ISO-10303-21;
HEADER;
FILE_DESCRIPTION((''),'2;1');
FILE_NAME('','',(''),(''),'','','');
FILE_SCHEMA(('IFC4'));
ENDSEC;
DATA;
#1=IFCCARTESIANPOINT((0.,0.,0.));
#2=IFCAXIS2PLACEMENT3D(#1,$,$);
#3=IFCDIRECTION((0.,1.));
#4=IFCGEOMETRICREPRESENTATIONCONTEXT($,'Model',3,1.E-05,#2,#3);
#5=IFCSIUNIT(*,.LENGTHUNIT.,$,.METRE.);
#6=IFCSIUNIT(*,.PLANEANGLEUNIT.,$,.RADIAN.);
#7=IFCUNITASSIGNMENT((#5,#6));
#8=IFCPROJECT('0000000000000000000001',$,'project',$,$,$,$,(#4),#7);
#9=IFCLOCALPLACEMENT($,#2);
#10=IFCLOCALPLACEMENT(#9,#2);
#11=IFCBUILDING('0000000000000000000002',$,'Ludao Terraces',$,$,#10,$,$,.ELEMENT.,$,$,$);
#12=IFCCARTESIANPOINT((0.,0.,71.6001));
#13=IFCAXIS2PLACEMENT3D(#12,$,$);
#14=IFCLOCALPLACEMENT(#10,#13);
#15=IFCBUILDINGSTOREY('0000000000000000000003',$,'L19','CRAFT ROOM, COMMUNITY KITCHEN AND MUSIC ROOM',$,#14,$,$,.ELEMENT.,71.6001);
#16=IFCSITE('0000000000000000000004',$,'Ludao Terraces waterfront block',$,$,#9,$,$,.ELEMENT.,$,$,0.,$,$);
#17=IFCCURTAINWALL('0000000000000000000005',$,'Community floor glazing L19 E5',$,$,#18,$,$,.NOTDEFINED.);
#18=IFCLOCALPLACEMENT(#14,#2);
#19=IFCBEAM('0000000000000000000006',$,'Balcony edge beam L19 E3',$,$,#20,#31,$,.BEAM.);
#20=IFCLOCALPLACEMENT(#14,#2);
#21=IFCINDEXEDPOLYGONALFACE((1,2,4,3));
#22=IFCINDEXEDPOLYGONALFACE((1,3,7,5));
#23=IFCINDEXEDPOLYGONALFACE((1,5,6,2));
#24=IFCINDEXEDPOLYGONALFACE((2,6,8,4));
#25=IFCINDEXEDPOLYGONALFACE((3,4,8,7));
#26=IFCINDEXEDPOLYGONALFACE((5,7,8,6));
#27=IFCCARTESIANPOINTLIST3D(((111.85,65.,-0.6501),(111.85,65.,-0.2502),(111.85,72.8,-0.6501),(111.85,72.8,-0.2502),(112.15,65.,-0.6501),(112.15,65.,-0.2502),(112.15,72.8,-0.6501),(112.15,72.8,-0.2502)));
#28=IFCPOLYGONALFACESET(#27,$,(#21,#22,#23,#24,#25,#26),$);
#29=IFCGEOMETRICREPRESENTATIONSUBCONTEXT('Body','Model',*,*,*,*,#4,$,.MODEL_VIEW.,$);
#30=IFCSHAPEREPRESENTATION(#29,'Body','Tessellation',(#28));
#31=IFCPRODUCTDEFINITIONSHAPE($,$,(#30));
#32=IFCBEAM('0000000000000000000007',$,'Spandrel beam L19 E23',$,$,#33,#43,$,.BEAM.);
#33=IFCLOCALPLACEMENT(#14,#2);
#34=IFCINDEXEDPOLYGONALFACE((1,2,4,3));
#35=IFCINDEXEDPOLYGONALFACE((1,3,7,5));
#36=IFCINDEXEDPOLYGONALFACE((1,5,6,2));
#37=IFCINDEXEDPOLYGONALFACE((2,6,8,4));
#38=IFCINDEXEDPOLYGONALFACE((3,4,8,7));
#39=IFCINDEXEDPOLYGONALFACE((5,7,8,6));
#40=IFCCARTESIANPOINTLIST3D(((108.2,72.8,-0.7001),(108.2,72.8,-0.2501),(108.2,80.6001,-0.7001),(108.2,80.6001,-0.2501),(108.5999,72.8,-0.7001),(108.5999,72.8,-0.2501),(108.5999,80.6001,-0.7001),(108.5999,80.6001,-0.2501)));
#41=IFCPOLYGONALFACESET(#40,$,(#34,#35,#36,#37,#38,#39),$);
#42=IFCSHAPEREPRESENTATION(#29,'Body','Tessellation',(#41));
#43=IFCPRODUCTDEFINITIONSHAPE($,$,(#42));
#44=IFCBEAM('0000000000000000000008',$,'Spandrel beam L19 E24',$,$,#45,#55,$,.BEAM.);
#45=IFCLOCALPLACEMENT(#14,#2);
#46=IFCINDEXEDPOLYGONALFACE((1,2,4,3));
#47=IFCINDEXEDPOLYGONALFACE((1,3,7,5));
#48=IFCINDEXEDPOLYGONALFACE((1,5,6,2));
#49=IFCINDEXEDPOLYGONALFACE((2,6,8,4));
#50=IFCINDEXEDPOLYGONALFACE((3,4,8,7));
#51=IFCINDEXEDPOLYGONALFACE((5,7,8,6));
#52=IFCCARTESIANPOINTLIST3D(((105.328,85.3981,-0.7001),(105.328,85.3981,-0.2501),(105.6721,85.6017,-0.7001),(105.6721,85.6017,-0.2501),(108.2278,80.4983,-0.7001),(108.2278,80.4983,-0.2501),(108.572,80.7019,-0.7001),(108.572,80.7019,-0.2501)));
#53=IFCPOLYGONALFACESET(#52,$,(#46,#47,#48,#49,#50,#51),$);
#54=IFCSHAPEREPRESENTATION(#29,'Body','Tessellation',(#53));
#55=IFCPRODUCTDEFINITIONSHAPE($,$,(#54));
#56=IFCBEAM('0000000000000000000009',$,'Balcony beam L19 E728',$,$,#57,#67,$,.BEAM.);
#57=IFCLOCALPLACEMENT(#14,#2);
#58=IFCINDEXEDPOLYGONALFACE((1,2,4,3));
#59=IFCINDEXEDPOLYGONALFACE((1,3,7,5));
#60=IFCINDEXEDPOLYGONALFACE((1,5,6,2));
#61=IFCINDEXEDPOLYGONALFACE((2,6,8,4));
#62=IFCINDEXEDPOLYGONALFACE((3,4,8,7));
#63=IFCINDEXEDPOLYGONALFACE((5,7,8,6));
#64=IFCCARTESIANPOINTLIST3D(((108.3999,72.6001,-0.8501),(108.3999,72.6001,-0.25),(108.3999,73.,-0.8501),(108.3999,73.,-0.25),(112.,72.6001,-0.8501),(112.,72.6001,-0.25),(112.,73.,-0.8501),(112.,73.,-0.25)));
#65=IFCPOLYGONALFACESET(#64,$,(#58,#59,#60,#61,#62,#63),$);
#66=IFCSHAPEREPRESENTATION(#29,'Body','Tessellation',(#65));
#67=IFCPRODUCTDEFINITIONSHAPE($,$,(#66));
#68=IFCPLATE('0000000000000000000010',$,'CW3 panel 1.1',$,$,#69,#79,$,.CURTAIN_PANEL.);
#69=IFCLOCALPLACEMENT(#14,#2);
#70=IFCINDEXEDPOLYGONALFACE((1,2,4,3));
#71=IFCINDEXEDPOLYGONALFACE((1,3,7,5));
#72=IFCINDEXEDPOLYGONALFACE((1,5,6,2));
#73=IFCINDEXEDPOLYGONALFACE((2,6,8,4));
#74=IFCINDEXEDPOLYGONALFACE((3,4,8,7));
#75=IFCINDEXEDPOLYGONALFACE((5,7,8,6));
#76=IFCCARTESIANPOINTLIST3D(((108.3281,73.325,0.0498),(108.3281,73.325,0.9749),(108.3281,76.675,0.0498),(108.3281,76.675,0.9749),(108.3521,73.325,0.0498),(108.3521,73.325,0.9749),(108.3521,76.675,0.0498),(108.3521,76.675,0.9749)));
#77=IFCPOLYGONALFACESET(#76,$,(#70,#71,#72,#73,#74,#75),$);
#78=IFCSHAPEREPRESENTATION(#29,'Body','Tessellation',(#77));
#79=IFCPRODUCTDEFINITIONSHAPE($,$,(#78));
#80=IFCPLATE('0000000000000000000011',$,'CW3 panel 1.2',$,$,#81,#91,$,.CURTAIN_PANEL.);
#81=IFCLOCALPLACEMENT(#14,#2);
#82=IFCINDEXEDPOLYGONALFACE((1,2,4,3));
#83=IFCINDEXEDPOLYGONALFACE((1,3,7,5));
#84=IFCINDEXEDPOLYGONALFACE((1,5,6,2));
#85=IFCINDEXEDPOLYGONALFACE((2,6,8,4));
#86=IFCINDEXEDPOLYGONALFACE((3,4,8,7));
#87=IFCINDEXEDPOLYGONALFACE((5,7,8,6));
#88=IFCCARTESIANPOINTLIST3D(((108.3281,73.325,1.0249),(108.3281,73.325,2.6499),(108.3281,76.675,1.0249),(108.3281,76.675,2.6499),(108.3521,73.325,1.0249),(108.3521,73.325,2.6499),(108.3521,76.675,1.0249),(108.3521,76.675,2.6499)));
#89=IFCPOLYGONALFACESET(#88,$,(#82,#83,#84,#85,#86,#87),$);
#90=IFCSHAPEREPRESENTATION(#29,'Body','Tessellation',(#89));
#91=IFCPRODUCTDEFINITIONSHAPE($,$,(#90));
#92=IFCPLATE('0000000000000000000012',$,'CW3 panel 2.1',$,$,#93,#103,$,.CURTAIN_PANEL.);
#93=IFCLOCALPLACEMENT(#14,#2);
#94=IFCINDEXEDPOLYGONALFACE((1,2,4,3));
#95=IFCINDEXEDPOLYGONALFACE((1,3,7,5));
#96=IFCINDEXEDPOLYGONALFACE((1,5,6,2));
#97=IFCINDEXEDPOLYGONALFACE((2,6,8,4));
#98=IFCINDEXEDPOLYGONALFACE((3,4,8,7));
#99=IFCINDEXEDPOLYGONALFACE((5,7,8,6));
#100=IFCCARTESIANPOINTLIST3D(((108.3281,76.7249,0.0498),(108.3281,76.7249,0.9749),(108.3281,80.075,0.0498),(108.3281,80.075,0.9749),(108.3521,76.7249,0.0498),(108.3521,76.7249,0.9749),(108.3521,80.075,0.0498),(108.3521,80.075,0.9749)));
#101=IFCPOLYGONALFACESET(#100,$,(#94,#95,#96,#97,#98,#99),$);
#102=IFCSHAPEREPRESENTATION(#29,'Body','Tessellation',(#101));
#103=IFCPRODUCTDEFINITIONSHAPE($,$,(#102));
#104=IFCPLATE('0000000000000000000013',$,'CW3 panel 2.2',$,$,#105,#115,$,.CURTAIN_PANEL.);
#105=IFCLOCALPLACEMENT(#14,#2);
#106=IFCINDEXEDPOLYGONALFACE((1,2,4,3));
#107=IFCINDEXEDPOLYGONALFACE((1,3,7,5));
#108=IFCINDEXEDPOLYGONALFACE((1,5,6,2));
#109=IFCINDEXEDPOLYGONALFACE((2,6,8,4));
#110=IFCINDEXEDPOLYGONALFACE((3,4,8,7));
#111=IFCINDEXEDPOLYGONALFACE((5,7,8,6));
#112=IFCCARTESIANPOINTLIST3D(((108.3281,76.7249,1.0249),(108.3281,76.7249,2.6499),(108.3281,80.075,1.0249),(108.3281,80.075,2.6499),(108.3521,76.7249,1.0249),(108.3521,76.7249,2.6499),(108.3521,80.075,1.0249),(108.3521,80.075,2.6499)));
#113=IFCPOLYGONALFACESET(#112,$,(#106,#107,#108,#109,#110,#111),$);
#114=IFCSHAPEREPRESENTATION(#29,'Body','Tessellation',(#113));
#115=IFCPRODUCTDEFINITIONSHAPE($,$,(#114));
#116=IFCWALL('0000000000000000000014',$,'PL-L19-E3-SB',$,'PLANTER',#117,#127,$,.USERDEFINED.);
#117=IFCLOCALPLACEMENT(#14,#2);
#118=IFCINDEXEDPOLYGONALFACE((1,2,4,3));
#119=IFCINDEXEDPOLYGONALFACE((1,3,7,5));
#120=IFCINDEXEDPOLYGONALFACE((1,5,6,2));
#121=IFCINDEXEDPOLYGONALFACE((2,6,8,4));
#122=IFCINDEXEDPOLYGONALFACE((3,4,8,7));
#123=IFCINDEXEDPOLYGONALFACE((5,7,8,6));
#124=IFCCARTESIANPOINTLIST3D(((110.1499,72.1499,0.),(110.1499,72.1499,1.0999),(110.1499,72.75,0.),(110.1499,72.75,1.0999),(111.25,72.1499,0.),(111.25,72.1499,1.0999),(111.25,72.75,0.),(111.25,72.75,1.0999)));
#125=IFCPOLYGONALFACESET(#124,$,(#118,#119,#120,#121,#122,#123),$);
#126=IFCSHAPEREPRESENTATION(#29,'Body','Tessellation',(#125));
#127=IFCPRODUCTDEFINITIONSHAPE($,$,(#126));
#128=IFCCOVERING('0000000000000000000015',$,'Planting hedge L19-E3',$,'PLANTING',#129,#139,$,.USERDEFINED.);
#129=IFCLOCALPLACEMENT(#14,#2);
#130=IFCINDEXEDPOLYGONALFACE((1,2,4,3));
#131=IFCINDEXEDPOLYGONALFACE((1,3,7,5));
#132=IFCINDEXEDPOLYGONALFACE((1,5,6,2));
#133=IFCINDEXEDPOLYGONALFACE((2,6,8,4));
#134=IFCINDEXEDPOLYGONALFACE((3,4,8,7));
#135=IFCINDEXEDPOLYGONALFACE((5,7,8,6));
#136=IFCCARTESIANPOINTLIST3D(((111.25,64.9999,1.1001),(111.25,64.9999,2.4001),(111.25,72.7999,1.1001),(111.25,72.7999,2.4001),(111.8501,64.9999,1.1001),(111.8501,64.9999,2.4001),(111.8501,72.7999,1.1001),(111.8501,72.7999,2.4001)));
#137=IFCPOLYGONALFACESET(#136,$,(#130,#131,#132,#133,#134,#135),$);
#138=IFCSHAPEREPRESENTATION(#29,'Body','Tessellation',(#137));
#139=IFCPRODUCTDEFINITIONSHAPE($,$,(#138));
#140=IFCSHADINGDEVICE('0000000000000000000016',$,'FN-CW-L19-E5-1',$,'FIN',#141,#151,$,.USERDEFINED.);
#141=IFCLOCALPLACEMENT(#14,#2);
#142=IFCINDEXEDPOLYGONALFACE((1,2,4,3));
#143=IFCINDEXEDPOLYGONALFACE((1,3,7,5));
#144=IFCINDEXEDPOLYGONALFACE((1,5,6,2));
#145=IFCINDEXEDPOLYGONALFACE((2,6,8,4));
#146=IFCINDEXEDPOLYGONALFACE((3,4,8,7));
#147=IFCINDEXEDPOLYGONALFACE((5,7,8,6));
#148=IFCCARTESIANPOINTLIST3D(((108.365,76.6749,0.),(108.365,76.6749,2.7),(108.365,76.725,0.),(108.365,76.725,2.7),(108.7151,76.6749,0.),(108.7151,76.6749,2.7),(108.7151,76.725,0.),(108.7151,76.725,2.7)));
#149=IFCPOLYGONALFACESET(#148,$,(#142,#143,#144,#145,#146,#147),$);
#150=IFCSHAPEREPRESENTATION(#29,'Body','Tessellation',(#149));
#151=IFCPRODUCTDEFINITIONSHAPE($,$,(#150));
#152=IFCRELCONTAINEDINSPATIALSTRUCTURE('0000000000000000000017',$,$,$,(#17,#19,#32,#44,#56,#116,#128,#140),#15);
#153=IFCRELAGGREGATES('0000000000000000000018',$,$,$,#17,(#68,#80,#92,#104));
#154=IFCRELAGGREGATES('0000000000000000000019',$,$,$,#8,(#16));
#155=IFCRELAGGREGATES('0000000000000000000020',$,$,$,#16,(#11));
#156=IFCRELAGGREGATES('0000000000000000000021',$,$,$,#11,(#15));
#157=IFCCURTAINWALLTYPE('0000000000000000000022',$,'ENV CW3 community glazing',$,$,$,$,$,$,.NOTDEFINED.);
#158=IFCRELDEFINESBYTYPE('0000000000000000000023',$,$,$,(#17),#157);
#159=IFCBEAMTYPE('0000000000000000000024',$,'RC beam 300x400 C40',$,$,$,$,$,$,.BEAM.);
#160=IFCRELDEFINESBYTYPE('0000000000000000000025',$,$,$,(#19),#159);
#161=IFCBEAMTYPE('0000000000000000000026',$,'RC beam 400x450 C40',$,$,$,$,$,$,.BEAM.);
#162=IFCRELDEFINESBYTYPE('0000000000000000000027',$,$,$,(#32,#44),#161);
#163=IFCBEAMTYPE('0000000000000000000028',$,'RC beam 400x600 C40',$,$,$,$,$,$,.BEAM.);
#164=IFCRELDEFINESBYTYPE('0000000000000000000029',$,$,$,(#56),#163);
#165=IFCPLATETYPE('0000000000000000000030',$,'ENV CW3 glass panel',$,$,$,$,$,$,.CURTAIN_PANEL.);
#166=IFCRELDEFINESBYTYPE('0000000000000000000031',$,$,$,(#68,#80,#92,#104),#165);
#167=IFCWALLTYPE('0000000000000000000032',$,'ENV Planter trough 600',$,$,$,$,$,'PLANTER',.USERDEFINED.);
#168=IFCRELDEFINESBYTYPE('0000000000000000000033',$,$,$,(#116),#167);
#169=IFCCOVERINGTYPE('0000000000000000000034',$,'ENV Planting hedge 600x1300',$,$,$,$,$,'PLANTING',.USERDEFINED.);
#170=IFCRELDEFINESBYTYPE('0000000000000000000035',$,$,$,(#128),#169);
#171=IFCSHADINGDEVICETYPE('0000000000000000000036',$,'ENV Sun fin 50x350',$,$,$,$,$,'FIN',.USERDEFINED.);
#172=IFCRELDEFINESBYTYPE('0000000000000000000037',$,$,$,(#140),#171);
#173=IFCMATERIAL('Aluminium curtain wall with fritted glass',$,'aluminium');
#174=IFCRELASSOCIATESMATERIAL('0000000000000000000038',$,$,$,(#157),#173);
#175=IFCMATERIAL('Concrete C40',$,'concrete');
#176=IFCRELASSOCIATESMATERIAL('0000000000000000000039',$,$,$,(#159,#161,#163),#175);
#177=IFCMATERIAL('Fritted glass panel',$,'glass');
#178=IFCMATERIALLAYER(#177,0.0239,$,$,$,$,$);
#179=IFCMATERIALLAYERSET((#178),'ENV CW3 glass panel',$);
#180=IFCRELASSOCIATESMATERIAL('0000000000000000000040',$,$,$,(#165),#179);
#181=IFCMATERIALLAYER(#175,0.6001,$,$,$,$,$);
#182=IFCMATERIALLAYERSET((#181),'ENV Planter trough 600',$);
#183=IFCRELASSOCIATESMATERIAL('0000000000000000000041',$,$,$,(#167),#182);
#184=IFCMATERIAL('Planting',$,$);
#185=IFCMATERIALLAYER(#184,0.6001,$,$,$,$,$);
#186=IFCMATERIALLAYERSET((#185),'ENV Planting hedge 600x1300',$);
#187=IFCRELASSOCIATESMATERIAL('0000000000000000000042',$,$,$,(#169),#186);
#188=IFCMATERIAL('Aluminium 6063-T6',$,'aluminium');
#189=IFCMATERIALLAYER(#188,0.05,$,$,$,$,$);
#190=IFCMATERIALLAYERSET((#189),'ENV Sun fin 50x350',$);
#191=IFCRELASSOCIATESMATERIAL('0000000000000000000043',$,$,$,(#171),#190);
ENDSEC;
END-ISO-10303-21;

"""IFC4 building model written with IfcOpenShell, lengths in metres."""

from ifc_helpers import new_model, si_unit, direction, frame, frame_2d, origin, origin_2d, place, context, subcontext, project, spatial, rectangle, extrude, material, layer, layer_set, material_profile, profile_set, type_object, element, aggregate, save


model = new_model("IFC4")

# Units and contexts
model_context = context("Model", 3, precision=1e-05, world=origin(), true_north=direction((0.0, 1.0)))
body_context = subcontext(model_context, "Body", "Model", "MODEL_VIEW")
ifc_project = project(units=[si_unit("LENGTHUNIT", "METRE"), si_unit("PLANEANGLEUNIT", "RADIAN")], contexts=[model_context])

# Site, building, storey
site_placement = place(None, origin())
site = spatial("IfcSite", under=ifc_project, at=site_placement, Name="Ludao Terraces waterfront block", CompositionType="ELEMENT", RefElevation=0.0)
building_placement = place(site_placement, origin())
building = spatial("IfcBuilding", under=site, at=building_placement, Name="Ludao Terraces", CompositionType="ELEMENT")
storey_placement = place(building_placement, frame((0.0, 0.0, 71.6001)))
storey = spatial("IfcBuildingStorey", under=building, at=storey_placement, Name="L19", Description="CRAFT ROOM, COMMUNITY KITCHEN AND MUSIC ROOM", CompositionType="ELEMENT", Elevation=71.6001)

# Curtain wall
ifc_material_1 = material(Name="Aluminium curtain wall with fritted glass", Category="aluminium")
curtain_wall_type = type_object("IfcCurtainWallType", Name="ENV CW3 community glazing", PredefinedType="NOTDEFINED", material=ifc_material_1)
curtain_wall_1_placement = place(storey_placement, origin())
curtain_wall_1 = element("IfcCurtainWall", 1, at=curtain_wall_1_placement, inside=storey, type_object=curtain_wall_type, Name="Community floor glazing L19 E5", PredefinedType="NOTDEFINED")
ifc_material_2 = material(Name="Aluminium 6063-T6", Category="aluminium")

# Beams
ifc_material_3 = material(Name="Concrete C40", Category="concrete")
ifc_material_profile_1 = material_profile(ifc_material_3, rectangle(XDim=0.3, YDim=0.3999, at=origin_2d()), Name="300 X 400")
ifc_profile_set_1 = profile_set([ifc_material_profile_1], Name="Concrete C40")
beam_type_1 = type_object("IfcBeamType", Name="RC beam 300x400 C40", PredefinedType="BEAM", material=ifc_profile_set_1)
beam_1_placement = place(storey_placement, frame((112.0, 65.0, -0.4502), z_axis=(0.0, 1.0, 0.0), x_axis=(-1.0, 0.0, 0.0)))
element("IfcBeam", 2, at=beam_1_placement, inside=storey, type_object=beam_type_1, Name="Balcony edge beam L19 E3", PredefinedType="BEAM", context=body_context, shape_type="SweptSolid", body=[
    extrude(rectangle(XDim=0.3, YDim=0.3999, at=origin_2d()), origin(), (0.0, 0.0, 1.0), 7.8),
])
ifc_material_profile_2 = material_profile(ifc_material_3, rectangle(XDim=0.3999, YDim=0.45, at=origin_2d()), Name="400 X 450")
ifc_profile_set_2 = profile_set([ifc_material_profile_2], Name="Concrete C40")
beam_type_2 = type_object("IfcBeamType", Name="RC beam 400x450 C40", PredefinedType="BEAM", material=ifc_profile_set_2)
beam_2_placement = place(storey_placement, frame((108.3999, 72.8, -0.4751), z_axis=(0.0, 1.0, 0.0), x_axis=(-1.0, 0.0, 0.0)))
element("IfcBeam", 3, at=beam_2_placement, inside=storey, type_object=beam_type_2, Name="Spandrel beam L19 E23", PredefinedType="BEAM", context=body_context, shape_type="SweptSolid", body=[
    extrude(rectangle(XDim=0.3999, YDim=0.45, at=origin_2d()), origin(), (0.0, 0.0, 1.0), 7.8),
])
beam_3_placement = place(storey_placement, frame((108.3999, 80.6001, -0.4751), z_axis=(-0.509316, 0.86058, 0.0), x_axis=(-0.86058, -0.509316, 0.0)))
element("IfcBeam", 4, at=beam_3_placement, inside=storey, type_object=beam_type_2, Name="Spandrel beam L19 E24", PredefinedType="BEAM", context=body_context, shape_type="SweptSolid", body=[
    extrude(rectangle(XDim=0.3999, YDim=0.45, at=origin_2d()), origin(), (0.0, 0.0, 1.0), 5.6936),
])
ifc_material_profile_3 = material_profile(ifc_material_3, rectangle(XDim=0.3999, YDim=0.6001, at=origin_2d()), Name="400 X 600")
ifc_profile_set_3 = profile_set([ifc_material_profile_3], Name="Concrete C40")
beam_type_3 = type_object("IfcBeamType", Name="RC beam 400x600 C40", PredefinedType="BEAM", material=ifc_profile_set_3)
beam_4_placement = place(storey_placement, frame((108.3999, 72.8, -0.55), z_axis=(1.0, 0.0, 0.0), x_axis=(0.0, 1.0, 0.0)))
element("IfcBeam", 5, at=beam_4_placement, inside=storey, type_object=beam_type_3, Name="Balcony beam L19 E728", PredefinedType="BEAM", context=body_context, shape_type="SweptSolid", body=[
    extrude(rectangle(XDim=0.3999, YDim=0.6001, at=origin_2d()), origin(), (0.0, 0.0, 1.0), 3.6001),
])

# Plates
ifc_material_4 = material(Name="Fritted glass panel", Category="glass")
ifc_layer_1 = layer(ifc_material_4, 0.0239)
ifc_layer_set_1 = layer_set([ifc_layer_1], Name="ENV CW3 glass panel")
plate_type = type_object("IfcPlateType", Name="ENV CW3 glass panel", PredefinedType="CURTAIN_PANEL", material=ifc_layer_set_1)
plate_1_placement = place(storey_placement, frame((108.3401, 75.0, 0.0498), z_axis=(0.0, 0.0, 1.0), x_axis=(0.0, 1.0, 0.0)))
plate_1 = element("IfcPlate", 6, at=plate_1_placement, type_object=plate_type, Name="CW3 panel 1.1", PredefinedType="CURTAIN_PANEL", context=body_context, shape_type="SweptSolid", body=[
    extrude(rectangle(XDim=3.3501, YDim=0.0239, at=origin_2d()), origin(), (0.0, 0.0, 1.0), 0.925),
])
plate_2_placement = place(storey_placement, frame((108.3401, 75.0, 1.0249), z_axis=(0.0, 0.0, 1.0), x_axis=(0.0, 1.0, 0.0)))
plate_2 = element("IfcPlate", 7, at=plate_2_placement, type_object=plate_type, Name="CW3 panel 1.2", PredefinedType="CURTAIN_PANEL", context=body_context, shape_type="SweptSolid", body=[
    extrude(rectangle(XDim=3.3501, YDim=0.0239, at=origin_2d()), origin(), (0.0, 0.0, 1.0), 1.625),
])
plate_3_placement = place(storey_placement, frame((108.3401, 78.3999, 0.0498), z_axis=(0.0, 0.0, 1.0), x_axis=(0.0, 1.0, 0.0)))
plate_3 = element("IfcPlate", 8, at=plate_3_placement, type_object=plate_type, Name="CW3 panel 2.1", PredefinedType="CURTAIN_PANEL", context=body_context, shape_type="SweptSolid", body=[
    extrude(rectangle(XDim=3.3501, YDim=0.0239, at=origin_2d()), origin(), (0.0, 0.0, 1.0), 0.925),
])
plate_4_placement = place(storey_placement, frame((108.3401, 78.3999, 1.0249), z_axis=(0.0, 0.0, 1.0), x_axis=(0.0, 1.0, 0.0)))
plate_4 = element("IfcPlate", 9, at=plate_4_placement, type_object=plate_type, Name="CW3 panel 2.2", PredefinedType="CURTAIN_PANEL", context=body_context, shape_type="SweptSolid", body=[
    extrude(rectangle(XDim=3.3501, YDim=0.0239, at=origin_2d()), origin(), (0.0, 0.0, 1.0), 1.625),
])
aggregate(curtain_wall_1, [plate_1, plate_2, plate_3, plate_4])

# Wall
ifc_layer_2 = layer(ifc_material_3, 0.6001)
ifc_layer_set_2 = layer_set([ifc_layer_2], Name="ENV Planter trough 600")
wall_type = type_object("IfcWallType", Name="ENV Planter trough 600", ElementType="PLANTER", PredefinedType="USERDEFINED", material=ifc_layer_set_2)
wall_placement = place(storey_placement, frame((111.25, 72.45, 0.0), z_axis=(0.0, 0.0, 1.0), x_axis=(-1.0, 0.0, 0.0)))
element("IfcWall", 10, at=wall_placement, inside=storey, type_object=wall_type, Name="PL-L19-E3-SB", ObjectType="PLANTER", PredefinedType="USERDEFINED", context=body_context, shape_type="SweptSolid", body=[
    extrude(rectangle(XDim=1.1001, YDim=0.6001, at=frame_2d((0.55, 0.0))), origin(), (0.0, 0.0, 1.0), 1.0999),
])

# Covering
ifc_material_5 = material(Name="Planting")
ifc_layer_3 = layer(ifc_material_5, 0.6001)
ifc_layer_set_3 = layer_set([ifc_layer_3], Name="ENV Planting hedge 600x1300")
covering_type = type_object("IfcCoveringType", Name="ENV Planting hedge 600x1300", ElementType="PLANTING", PredefinedType="USERDEFINED", material=ifc_layer_set_3)
covering_placement = place(storey_placement, frame((111.55, 68.8999, 1.1001), z_axis=(0.0, 0.0, 1.0), x_axis=(1.0, 0.0, 0.0)))
element("IfcCovering", 11, at=covering_placement, inside=storey, type_object=covering_type, Name="Planting hedge L19-E3", ObjectType="PLANTING", PredefinedType="USERDEFINED", context=body_context, shape_type="SweptSolid", body=[
    extrude(rectangle(XDim=0.6001, YDim=7.8, at=origin_2d()), origin(), (0.0, 0.0, 1.0), 1.3),
])

# Shading device
ifc_layer_4 = layer(ifc_material_2, 0.05)
ifc_layer_set_4 = layer_set([ifc_layer_4], Name="ENV Sun fin 50x350")
shading_device_type = type_object("IfcShadingDeviceType", Name="ENV Sun fin 50x350", ElementType="FIN", PredefinedType="USERDEFINED", material=ifc_layer_set_4)
shading_device_placement = place(storey_placement, frame((108.54, 76.7, 0.0), z_axis=(0.0, 0.0, 1.0), x_axis=(1.0, 0.0, 0.0)))
element("IfcShadingDevice", 12, at=shading_device_placement, inside=storey, type_object=shading_device_type, Name="FN-CW-L19-E5-1", ObjectType="FIN", PredefinedType="USERDEFINED", context=body_context, shape_type="SweptSolid", body=[
    extrude(rectangle(XDim=0.3501, YDim=0.05, at=origin_2d()), origin(), (0.0, 0.0, 1.0), 2.7),
])

save(model, "model.ifc")
